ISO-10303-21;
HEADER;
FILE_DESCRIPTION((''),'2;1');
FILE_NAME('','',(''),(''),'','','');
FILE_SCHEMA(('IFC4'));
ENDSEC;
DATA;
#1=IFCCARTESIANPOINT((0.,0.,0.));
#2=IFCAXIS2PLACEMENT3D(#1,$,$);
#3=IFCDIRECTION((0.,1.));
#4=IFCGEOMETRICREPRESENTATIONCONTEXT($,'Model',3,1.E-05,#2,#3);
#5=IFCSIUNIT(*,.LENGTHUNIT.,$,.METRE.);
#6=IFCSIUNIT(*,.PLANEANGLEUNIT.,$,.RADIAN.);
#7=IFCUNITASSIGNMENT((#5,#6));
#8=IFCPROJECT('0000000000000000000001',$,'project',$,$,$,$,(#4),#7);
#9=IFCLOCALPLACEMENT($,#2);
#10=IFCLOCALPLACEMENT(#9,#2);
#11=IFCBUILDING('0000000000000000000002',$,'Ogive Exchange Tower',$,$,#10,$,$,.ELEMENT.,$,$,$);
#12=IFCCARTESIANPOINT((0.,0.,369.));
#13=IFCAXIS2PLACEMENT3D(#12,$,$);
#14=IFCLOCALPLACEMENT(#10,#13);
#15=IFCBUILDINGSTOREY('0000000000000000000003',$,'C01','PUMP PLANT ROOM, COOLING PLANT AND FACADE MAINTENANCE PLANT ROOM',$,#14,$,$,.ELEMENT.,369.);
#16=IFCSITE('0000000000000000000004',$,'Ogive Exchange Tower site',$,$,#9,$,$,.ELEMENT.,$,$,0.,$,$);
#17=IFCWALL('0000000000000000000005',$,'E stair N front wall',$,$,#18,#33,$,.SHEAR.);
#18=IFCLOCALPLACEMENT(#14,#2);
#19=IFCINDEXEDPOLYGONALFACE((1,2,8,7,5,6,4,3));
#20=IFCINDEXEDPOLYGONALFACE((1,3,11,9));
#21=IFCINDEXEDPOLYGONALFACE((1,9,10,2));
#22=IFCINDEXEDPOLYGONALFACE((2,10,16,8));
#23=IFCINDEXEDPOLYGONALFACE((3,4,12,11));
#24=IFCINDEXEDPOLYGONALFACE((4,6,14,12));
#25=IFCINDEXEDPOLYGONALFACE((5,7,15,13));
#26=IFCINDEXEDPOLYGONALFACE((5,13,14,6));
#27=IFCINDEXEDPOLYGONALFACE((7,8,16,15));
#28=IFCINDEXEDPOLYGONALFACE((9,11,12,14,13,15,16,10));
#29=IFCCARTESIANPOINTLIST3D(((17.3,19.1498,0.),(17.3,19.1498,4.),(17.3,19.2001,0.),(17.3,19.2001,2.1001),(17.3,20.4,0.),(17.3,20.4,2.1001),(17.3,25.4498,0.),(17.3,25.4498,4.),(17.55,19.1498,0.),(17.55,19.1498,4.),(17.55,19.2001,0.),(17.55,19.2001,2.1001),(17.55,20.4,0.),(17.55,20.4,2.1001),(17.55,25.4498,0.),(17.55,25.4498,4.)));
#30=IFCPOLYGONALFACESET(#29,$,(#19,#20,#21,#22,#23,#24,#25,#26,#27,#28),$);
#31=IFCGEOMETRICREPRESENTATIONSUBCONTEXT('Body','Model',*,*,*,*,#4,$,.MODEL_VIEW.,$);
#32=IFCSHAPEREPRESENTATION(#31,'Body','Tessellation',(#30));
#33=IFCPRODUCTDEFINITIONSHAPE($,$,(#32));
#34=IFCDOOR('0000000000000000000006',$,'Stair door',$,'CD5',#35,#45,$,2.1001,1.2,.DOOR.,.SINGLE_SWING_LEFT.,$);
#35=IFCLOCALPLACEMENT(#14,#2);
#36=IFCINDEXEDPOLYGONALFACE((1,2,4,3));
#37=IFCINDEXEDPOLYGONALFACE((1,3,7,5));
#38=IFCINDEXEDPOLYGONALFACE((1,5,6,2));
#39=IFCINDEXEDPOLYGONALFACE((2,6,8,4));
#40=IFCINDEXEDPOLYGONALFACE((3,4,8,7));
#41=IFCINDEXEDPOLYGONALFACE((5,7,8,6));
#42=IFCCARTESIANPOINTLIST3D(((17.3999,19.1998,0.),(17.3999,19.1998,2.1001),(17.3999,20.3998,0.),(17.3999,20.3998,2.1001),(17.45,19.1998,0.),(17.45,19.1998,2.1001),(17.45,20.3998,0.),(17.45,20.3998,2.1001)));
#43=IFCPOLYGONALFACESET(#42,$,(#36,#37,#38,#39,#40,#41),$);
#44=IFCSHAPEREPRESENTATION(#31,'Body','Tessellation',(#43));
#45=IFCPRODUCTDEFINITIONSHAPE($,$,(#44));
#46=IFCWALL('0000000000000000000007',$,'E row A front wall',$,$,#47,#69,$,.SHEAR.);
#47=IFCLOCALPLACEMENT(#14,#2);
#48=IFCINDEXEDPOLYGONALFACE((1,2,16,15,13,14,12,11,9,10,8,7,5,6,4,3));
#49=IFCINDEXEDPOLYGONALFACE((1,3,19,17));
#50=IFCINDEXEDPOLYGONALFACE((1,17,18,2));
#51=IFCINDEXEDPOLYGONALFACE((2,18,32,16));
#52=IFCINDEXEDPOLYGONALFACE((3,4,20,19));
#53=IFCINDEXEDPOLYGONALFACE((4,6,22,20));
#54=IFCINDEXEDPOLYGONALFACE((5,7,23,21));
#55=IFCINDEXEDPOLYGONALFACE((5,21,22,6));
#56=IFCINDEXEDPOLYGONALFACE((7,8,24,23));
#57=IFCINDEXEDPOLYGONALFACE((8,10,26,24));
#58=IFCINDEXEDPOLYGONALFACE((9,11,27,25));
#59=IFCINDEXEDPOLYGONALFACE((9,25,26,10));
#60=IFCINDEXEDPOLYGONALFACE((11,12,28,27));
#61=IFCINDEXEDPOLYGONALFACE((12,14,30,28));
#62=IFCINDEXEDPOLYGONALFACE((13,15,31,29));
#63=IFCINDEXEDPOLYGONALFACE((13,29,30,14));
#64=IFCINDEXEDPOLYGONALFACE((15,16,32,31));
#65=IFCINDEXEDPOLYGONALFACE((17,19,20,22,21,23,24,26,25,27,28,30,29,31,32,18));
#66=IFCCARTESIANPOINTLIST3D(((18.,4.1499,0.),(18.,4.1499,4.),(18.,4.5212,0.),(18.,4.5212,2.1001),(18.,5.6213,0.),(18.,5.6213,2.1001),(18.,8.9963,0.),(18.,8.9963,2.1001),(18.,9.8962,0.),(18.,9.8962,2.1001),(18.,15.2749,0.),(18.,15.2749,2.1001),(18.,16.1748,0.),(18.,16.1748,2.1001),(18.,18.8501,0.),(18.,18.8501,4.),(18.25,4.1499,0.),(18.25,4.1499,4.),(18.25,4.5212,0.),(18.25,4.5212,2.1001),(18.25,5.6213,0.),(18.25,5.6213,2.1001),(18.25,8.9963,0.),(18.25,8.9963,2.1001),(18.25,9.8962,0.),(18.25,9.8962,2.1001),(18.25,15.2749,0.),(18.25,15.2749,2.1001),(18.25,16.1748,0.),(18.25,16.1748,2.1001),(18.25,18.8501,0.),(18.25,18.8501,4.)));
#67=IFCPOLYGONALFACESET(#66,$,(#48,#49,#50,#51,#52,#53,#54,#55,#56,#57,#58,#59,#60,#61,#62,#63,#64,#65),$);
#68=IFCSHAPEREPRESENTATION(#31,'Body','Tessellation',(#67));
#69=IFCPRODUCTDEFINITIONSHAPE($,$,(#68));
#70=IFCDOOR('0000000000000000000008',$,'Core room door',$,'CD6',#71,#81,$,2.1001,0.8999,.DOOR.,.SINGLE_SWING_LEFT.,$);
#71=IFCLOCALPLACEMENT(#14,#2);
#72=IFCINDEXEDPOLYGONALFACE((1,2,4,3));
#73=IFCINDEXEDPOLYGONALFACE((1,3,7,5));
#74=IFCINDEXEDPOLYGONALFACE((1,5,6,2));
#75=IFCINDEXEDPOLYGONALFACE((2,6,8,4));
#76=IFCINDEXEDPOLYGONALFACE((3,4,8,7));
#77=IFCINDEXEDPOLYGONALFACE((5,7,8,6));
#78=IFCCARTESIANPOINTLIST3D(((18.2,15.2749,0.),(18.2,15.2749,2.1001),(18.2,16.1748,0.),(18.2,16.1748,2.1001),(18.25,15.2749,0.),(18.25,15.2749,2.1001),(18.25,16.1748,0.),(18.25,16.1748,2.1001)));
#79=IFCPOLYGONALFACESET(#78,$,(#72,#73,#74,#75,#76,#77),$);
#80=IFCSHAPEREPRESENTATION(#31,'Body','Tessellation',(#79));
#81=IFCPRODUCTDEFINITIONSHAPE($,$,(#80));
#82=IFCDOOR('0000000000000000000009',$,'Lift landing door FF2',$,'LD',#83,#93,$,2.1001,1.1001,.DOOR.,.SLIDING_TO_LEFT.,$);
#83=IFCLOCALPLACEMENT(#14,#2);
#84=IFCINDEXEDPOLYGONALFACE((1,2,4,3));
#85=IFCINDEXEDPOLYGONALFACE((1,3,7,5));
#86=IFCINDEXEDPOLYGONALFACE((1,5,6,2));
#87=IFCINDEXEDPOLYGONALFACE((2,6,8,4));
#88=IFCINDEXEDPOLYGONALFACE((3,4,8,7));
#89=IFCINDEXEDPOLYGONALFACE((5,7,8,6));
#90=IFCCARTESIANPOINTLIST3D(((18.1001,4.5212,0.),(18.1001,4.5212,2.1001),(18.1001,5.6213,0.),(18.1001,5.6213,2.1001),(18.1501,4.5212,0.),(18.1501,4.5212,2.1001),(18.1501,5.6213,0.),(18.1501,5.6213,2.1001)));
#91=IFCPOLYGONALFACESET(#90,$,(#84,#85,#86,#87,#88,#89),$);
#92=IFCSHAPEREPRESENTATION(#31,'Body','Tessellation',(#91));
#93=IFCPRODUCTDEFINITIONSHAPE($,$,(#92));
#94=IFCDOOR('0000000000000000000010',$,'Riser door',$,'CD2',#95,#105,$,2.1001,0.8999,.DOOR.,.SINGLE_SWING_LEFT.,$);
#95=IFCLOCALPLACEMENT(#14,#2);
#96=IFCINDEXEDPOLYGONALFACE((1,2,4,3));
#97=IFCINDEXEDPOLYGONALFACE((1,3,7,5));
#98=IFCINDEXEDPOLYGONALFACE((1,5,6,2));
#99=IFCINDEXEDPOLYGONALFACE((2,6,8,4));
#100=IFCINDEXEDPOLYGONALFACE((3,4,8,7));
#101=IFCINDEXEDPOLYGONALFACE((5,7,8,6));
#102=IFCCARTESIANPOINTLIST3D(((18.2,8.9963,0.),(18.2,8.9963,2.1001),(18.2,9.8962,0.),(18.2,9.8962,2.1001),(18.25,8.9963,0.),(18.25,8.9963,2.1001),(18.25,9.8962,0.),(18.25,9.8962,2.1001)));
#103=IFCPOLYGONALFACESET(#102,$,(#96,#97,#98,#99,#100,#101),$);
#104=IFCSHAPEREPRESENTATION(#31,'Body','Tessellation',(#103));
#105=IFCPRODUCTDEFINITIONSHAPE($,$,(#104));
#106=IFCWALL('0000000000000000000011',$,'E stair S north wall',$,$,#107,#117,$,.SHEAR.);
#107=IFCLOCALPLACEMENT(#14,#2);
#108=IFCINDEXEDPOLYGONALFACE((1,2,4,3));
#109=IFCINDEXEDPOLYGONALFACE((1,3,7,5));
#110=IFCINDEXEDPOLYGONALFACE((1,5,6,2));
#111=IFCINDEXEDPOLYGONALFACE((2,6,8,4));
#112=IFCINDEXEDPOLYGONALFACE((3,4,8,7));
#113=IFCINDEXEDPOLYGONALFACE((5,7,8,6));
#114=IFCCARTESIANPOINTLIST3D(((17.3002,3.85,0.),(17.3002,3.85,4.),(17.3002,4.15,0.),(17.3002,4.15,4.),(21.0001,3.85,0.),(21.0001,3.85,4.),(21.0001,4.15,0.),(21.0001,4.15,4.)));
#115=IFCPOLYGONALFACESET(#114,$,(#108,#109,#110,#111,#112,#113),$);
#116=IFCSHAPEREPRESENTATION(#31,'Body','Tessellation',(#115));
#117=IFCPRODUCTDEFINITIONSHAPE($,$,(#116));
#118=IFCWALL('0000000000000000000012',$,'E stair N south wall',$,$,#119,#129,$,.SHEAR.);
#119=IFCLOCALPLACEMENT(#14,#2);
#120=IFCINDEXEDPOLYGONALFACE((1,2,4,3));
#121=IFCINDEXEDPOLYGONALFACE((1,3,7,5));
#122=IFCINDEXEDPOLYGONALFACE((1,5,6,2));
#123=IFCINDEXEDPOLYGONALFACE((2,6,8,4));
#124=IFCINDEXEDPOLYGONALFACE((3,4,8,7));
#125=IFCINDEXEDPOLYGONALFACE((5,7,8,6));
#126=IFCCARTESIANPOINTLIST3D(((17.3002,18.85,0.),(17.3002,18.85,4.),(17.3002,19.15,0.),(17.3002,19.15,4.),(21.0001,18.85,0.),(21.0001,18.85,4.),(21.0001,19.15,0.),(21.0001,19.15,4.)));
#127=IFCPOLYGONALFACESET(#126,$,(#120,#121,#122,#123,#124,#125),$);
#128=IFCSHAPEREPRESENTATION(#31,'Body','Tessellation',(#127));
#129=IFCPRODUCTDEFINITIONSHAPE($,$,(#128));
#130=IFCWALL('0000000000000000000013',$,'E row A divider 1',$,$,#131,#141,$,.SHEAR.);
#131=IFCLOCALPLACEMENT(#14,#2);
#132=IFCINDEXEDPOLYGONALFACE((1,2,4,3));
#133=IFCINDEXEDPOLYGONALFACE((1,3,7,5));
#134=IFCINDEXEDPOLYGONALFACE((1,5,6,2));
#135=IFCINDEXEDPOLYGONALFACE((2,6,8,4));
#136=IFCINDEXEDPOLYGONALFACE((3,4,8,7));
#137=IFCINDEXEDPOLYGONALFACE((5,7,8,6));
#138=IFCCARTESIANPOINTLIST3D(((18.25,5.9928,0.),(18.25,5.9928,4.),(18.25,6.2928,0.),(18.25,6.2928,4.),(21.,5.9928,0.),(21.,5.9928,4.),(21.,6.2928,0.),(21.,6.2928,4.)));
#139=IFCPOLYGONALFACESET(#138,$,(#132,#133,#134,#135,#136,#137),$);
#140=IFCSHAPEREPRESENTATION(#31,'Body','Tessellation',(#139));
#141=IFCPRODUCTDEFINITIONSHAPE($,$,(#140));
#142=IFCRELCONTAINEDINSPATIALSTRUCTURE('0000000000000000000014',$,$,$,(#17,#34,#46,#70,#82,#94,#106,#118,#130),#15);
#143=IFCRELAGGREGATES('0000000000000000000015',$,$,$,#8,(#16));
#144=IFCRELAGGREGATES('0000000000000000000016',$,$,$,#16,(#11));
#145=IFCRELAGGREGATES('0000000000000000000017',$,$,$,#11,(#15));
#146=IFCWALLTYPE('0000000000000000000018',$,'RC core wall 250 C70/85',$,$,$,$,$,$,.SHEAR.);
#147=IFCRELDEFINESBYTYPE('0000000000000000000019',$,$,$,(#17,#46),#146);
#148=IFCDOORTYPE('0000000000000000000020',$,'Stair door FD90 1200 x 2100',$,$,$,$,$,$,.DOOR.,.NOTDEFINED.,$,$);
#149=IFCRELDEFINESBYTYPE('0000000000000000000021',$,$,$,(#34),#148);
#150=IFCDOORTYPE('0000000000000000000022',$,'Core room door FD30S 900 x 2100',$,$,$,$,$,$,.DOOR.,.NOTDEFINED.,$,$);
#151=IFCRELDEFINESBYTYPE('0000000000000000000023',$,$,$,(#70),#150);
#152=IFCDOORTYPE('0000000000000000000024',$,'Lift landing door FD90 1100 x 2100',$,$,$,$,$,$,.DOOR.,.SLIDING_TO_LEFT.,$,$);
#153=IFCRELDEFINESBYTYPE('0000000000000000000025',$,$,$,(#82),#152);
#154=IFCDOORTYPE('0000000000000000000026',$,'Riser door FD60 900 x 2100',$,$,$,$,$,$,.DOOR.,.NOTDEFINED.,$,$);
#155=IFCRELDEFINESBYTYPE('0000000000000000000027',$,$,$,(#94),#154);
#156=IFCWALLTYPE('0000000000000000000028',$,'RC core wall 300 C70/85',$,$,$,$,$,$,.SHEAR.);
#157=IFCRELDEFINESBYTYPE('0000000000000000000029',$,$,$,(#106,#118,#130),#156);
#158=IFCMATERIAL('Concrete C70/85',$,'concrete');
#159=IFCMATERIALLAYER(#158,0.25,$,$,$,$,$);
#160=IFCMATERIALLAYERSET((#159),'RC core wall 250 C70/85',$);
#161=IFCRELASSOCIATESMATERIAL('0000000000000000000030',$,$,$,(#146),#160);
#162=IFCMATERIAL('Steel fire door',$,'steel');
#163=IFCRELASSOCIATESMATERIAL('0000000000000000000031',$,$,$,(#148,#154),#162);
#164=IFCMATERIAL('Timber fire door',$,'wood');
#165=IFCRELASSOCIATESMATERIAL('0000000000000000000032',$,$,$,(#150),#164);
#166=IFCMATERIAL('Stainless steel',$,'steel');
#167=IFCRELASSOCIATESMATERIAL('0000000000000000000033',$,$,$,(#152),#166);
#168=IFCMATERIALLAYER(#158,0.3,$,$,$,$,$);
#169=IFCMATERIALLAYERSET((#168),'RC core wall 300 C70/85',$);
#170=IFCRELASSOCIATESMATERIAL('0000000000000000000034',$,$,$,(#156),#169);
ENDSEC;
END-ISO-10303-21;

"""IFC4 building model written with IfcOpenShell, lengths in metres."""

from ifc_helpers import new_model, si_unit, direction, frame, frame_2d, origin, place, context, subcontext, project, spatial, rectangle, extrude, material, layer, layer_set, type_object, element, fill, save


model = new_model("IFC4")

# Units and contexts
model_context = context("Model", 3, precision=1e-05, world=origin(), true_north=direction((0.0, 1.0)))
body_context = subcontext(model_context, "Body", "Model", "MODEL_VIEW")
ifc_project = project(units=[si_unit("LENGTHUNIT", "METRE"), si_unit("PLANEANGLEUNIT", "RADIAN")], contexts=[model_context])

# Site, building, storey
site_placement = place(None, origin())
site = spatial("IfcSite", under=ifc_project, at=site_placement, Name="Ogive Exchange Tower site", CompositionType="ELEMENT", RefElevation=0.0)
building_placement = place(site_placement, origin())
building = spatial("IfcBuilding", under=site, at=building_placement, Name="Ogive Exchange Tower", CompositionType="ELEMENT")
storey_placement = place(building_placement, frame((0.0, 0.0, 369.0)))
storey = spatial("IfcBuildingStorey", under=building, at=storey_placement, Name="C01", Description="PUMP PLANT ROOM, COOLING PLANT AND FACADE MAINTENANCE PLANT ROOM", CompositionType="ELEMENT", Elevation=369.0)

# Wall, opening, door
ifc_material_1 = material(Name="Concrete C70/85", Category="concrete")
ifc_layer_1 = layer(ifc_material_1, 0.25)
ifc_layer_set_1 = layer_set([ifc_layer_1], Name="RC core wall 250 C70/85")
wall_type_1 = type_object("IfcWallType", Name="RC core wall 250 C70/85", PredefinedType="SHEAR", material=ifc_layer_set_1)
wall_1_placement = place(storey_placement, frame((17.425, 19.1499, 0.0), z_axis=(0.0, 0.0, 1.0), x_axis=(0.0, 1.0, 0.0)))
wall_1 = element("IfcWall", 1, at=wall_1_placement, inside=storey, type_object=wall_type_1, Name="E stair N front wall", PredefinedType="SHEAR", context=body_context, shape_type="SweptSolid", body=[
    extrude(rectangle(XDim=6.3, YDim=0.25, at=frame_2d((3.1499, 0.0))), origin(), (0.0, 0.0, 1.0), 4.0),
])
opening_1_placement = place(wall_1_placement, frame((0.05, 0.0, 0.0)))
opening_1 = element("IfcOpeningElement", 2, at=opening_1_placement, cuts=wall_1, PredefinedType="OPENING", context=body_context, shape_type="SweptSolid", body=[
    extrude(rectangle(XDim=1.2, YDim=2.1001, at=frame_2d((0.6001, 1.05))), frame((0.0, 0.135, 0.0), z_axis=(0.0, -1.0, 0.0), x_axis=(1.0, 0.0, 0.0)), (0.0, 0.0, 1.0), 0.27),
])
ifc_material_2 = material(Name="Steel fire door", Category="steel")
door_type_1 = type_object("IfcDoorType", Name="Stair door FD90 1200 x 2100", OperationType="NOTDEFINED", PredefinedType="DOOR", material=ifc_material_2)
door_1_placement = place(opening_1_placement, frame((1.2, 0.0, 0.0), z_axis=(0.0, 0.0, 1.0), x_axis=(-1.0, 0.0, 0.0)))
door_1 = element("IfcDoor", 3, at=door_1_placement, inside=storey, type_object=door_type_1, Name="Stair door", ObjectType="CD5", OperationType="SINGLE_SWING_LEFT", OverallHeight=2.1001, OverallWidth=1.2, PredefinedType="DOOR", context=body_context, shape_type="SweptSolid", body=[
    extrude(rectangle(XDim=1.2, YDim=2.1001, at=frame_2d((0.6001, 1.05))), frame((0.0, 0.0249, 0.0), z_axis=(0.0, -1.0, 0.0), x_axis=(1.0, 0.0, 0.0)), (0.0, 0.0, 1.0), 0.05),
])
fill(opening_1, door_1)

# Wall, openings, doors
wall_2_placement = place(storey_placement, frame((18.125, 4.1499, 0.0), z_axis=(0.0, 0.0, 1.0), x_axis=(0.0, 1.0, 0.0)))
wall_2 = element("IfcWall", 4, at=wall_2_placement, inside=storey, type_object=wall_type_1, Name="E row A front wall", PredefinedType="SHEAR", context=body_context, shape_type="SweptSolid", body=[
    extrude(rectangle(XDim=14.7002, YDim=0.25, at=frame_2d((7.3501, 0.0))), origin(), (0.0, 0.0, 1.0), 4.0),
])
opening_2_placement = place(wall_2_placement, frame((4.8464, 0.0, 0.0)))
opening_2 = element("IfcOpeningElement", 5, at=opening_2_placement, cuts=wall_2, PredefinedType="OPENING", context=body_context, shape_type="SweptSolid", body=[
    extrude(rectangle(XDim=0.8999, YDim=2.1001, at=frame_2d((0.45, 1.05))), frame((0.0, 0.135, 0.0), z_axis=(0.0, -1.0, 0.0), x_axis=(1.0, 0.0, 0.0)), (0.0, 0.0, 1.0), 0.27),
])
opening_3_placement = place(wall_2_placement, frame((11.125, 0.0, 0.0)))
opening_3 = element("IfcOpeningElement", 6, at=opening_3_placement, cuts=wall_2, PredefinedType="OPENING", context=body_context, shape_type="SweptSolid", body=[
    extrude(rectangle(XDim=0.8999, YDim=2.1001, at=frame_2d((0.45, 1.05))), frame((0.0, 0.135, 0.0), z_axis=(0.0, -1.0, 0.0), x_axis=(1.0, 0.0, 0.0)), (0.0, 0.0, 1.0), 0.27),
])
opening_4_placement = place(wall_2_placement, frame((0.3713, 0.0, 0.0)))
opening_4 = element("IfcOpeningElement", 7, at=opening_4_placement, cuts=wall_2, PredefinedType="OPENING", context=body_context, shape_type="SweptSolid", body=[
    extrude(rectangle(XDim=1.1001, YDim=2.1001, at=frame_2d((0.55, 1.05))), frame((0.0, 0.135, 0.0), z_axis=(0.0, -1.0, 0.0), x_axis=(1.0, 0.0, 0.0)), (0.0, 0.0, 1.0), 0.27),
])
ifc_material_3 = material(Name="Timber fire door", Category="wood")
door_type_2 = type_object("IfcDoorType", Name="Core room door FD30S 900 x 2100", OperationType="NOTDEFINED", PredefinedType="DOOR", material=ifc_material_3)
door_2_placement = place(opening_3_placement, frame((0.8999, -0.2002, 0.0), z_axis=(0.0, 0.0, 1.0), x_axis=(-1.0, 0.0, 0.0)))
door_2 = element("IfcDoor", 8, at=door_2_placement, inside=storey, type_object=door_type_2, Name="Core room door", ObjectType="CD6", OperationType="SINGLE_SWING_LEFT", OverallHeight=2.1001, OverallWidth=0.8999, PredefinedType="DOOR", context=body_context, shape_type="SweptSolid", body=[
    extrude(rectangle(XDim=0.8999, YDim=2.1001, at=frame_2d((0.45, 1.05))), frame((0.0, -0.0752, 0.0), z_axis=(0.0, -1.0, 0.0), x_axis=(1.0, 0.0, 0.0)), (0.0, 0.0, 1.0), 0.05),
])
fill(opening_3, door_2)
ifc_material_4 = material(Name="Stainless steel", Category="steel")
door_type_3 = type_object("IfcDoorType", Name="Lift landing door FD90 1100 x 2100", OperationType="SLIDING_TO_LEFT", PredefinedType="DOOR", material=ifc_material_4)
door_3_placement = place(opening_4_placement, origin())
door_3 = element("IfcDoor", 9, at=door_3_placement, inside=storey, type_object=door_type_3, Name="Lift landing door FF2", ObjectType="LD", OperationType="SLIDING_TO_LEFT", OverallHeight=2.1001, OverallWidth=1.1001, PredefinedType="DOOR", context=body_context, shape_type="SweptSolid", body=[
    extrude(rectangle(XDim=1.1001, YDim=2.1001, at=frame_2d((0.55, 1.05))), frame((0.0, 0.0249, 0.0), z_axis=(0.0, -1.0, 0.0), x_axis=(1.0, 0.0, 0.0)), (0.0, 0.0, 1.0), 0.05),
])
fill(opening_4, door_3)
door_type_4 = type_object("IfcDoorType", Name="Riser door FD60 900 x 2100", OperationType="NOTDEFINED", PredefinedType="DOOR", material=ifc_material_2)
door_4_placement = place(opening_2_placement, frame((0.8999, -0.2002, 0.0), z_axis=(0.0, 0.0, 1.0), x_axis=(-1.0, 0.0, 0.0)))
door_4 = element("IfcDoor", 10, at=door_4_placement, inside=storey, type_object=door_type_4, Name="Riser door", ObjectType="CD2", OperationType="SINGLE_SWING_LEFT", OverallHeight=2.1001, OverallWidth=0.8999, PredefinedType="DOOR", context=body_context, shape_type="SweptSolid", body=[
    extrude(rectangle(XDim=0.8999, YDim=2.1001, at=frame_2d((0.45, 1.05))), frame((0.0, -0.0752, 0.0), z_axis=(0.0, -1.0, 0.0), x_axis=(1.0, 0.0, 0.0)), (0.0, 0.0, 1.0), 0.05),
])
fill(opening_2, door_4)

# Walls
ifc_layer_2 = layer(ifc_material_1, 0.3)
ifc_layer_set_2 = layer_set([ifc_layer_2], Name="RC core wall 300 C70/85")
wall_type_2 = type_object("IfcWallType", Name="RC core wall 300 C70/85", PredefinedType="SHEAR", material=ifc_layer_set_2)
for number, where, z_axis, x_axis, name in (
    (11, (17.3, 4.0, 0.0), (0.0, 0.0, 1.0), (1.0, 0.0, 0.0), "E stair S north wall"),
    (12, (17.3, 19.0, 0.0), (0.0, 0.0, 1.0), (1.0, 0.0, 0.0), "E stair N south wall"),
):
    element("IfcWall", number, at=place(storey_placement, frame(where, z_axis=z_axis, x_axis=x_axis)), inside=storey, type_object=wall_type_2, Name=name, PredefinedType="SHEAR", context=body_context, shape_type="SweptSolid", body=[
        extrude(rectangle(XDim=3.7, YDim=0.3, at=frame_2d((1.8501, 0.0))), origin(), (0.0, 0.0, 1.0), 4.0),
    ])
wall_3_placement = place(storey_placement, frame((18.25, 6.1428, 0.0), z_axis=(0.0, 0.0, 1.0), x_axis=(1.0, 0.0, 0.0)))
element("IfcWall", 13, at=wall_3_placement, inside=storey, type_object=wall_type_2, Name="E row A divider 1", PredefinedType="SHEAR", context=body_context, shape_type="SweptSolid", body=[
    extrude(rectangle(XDim=2.75, YDim=0.3, at=frame_2d((1.375, 0.0))), origin(), (0.0, 0.0, 1.0), 4.0),
])

save(model, "model.ifc")
